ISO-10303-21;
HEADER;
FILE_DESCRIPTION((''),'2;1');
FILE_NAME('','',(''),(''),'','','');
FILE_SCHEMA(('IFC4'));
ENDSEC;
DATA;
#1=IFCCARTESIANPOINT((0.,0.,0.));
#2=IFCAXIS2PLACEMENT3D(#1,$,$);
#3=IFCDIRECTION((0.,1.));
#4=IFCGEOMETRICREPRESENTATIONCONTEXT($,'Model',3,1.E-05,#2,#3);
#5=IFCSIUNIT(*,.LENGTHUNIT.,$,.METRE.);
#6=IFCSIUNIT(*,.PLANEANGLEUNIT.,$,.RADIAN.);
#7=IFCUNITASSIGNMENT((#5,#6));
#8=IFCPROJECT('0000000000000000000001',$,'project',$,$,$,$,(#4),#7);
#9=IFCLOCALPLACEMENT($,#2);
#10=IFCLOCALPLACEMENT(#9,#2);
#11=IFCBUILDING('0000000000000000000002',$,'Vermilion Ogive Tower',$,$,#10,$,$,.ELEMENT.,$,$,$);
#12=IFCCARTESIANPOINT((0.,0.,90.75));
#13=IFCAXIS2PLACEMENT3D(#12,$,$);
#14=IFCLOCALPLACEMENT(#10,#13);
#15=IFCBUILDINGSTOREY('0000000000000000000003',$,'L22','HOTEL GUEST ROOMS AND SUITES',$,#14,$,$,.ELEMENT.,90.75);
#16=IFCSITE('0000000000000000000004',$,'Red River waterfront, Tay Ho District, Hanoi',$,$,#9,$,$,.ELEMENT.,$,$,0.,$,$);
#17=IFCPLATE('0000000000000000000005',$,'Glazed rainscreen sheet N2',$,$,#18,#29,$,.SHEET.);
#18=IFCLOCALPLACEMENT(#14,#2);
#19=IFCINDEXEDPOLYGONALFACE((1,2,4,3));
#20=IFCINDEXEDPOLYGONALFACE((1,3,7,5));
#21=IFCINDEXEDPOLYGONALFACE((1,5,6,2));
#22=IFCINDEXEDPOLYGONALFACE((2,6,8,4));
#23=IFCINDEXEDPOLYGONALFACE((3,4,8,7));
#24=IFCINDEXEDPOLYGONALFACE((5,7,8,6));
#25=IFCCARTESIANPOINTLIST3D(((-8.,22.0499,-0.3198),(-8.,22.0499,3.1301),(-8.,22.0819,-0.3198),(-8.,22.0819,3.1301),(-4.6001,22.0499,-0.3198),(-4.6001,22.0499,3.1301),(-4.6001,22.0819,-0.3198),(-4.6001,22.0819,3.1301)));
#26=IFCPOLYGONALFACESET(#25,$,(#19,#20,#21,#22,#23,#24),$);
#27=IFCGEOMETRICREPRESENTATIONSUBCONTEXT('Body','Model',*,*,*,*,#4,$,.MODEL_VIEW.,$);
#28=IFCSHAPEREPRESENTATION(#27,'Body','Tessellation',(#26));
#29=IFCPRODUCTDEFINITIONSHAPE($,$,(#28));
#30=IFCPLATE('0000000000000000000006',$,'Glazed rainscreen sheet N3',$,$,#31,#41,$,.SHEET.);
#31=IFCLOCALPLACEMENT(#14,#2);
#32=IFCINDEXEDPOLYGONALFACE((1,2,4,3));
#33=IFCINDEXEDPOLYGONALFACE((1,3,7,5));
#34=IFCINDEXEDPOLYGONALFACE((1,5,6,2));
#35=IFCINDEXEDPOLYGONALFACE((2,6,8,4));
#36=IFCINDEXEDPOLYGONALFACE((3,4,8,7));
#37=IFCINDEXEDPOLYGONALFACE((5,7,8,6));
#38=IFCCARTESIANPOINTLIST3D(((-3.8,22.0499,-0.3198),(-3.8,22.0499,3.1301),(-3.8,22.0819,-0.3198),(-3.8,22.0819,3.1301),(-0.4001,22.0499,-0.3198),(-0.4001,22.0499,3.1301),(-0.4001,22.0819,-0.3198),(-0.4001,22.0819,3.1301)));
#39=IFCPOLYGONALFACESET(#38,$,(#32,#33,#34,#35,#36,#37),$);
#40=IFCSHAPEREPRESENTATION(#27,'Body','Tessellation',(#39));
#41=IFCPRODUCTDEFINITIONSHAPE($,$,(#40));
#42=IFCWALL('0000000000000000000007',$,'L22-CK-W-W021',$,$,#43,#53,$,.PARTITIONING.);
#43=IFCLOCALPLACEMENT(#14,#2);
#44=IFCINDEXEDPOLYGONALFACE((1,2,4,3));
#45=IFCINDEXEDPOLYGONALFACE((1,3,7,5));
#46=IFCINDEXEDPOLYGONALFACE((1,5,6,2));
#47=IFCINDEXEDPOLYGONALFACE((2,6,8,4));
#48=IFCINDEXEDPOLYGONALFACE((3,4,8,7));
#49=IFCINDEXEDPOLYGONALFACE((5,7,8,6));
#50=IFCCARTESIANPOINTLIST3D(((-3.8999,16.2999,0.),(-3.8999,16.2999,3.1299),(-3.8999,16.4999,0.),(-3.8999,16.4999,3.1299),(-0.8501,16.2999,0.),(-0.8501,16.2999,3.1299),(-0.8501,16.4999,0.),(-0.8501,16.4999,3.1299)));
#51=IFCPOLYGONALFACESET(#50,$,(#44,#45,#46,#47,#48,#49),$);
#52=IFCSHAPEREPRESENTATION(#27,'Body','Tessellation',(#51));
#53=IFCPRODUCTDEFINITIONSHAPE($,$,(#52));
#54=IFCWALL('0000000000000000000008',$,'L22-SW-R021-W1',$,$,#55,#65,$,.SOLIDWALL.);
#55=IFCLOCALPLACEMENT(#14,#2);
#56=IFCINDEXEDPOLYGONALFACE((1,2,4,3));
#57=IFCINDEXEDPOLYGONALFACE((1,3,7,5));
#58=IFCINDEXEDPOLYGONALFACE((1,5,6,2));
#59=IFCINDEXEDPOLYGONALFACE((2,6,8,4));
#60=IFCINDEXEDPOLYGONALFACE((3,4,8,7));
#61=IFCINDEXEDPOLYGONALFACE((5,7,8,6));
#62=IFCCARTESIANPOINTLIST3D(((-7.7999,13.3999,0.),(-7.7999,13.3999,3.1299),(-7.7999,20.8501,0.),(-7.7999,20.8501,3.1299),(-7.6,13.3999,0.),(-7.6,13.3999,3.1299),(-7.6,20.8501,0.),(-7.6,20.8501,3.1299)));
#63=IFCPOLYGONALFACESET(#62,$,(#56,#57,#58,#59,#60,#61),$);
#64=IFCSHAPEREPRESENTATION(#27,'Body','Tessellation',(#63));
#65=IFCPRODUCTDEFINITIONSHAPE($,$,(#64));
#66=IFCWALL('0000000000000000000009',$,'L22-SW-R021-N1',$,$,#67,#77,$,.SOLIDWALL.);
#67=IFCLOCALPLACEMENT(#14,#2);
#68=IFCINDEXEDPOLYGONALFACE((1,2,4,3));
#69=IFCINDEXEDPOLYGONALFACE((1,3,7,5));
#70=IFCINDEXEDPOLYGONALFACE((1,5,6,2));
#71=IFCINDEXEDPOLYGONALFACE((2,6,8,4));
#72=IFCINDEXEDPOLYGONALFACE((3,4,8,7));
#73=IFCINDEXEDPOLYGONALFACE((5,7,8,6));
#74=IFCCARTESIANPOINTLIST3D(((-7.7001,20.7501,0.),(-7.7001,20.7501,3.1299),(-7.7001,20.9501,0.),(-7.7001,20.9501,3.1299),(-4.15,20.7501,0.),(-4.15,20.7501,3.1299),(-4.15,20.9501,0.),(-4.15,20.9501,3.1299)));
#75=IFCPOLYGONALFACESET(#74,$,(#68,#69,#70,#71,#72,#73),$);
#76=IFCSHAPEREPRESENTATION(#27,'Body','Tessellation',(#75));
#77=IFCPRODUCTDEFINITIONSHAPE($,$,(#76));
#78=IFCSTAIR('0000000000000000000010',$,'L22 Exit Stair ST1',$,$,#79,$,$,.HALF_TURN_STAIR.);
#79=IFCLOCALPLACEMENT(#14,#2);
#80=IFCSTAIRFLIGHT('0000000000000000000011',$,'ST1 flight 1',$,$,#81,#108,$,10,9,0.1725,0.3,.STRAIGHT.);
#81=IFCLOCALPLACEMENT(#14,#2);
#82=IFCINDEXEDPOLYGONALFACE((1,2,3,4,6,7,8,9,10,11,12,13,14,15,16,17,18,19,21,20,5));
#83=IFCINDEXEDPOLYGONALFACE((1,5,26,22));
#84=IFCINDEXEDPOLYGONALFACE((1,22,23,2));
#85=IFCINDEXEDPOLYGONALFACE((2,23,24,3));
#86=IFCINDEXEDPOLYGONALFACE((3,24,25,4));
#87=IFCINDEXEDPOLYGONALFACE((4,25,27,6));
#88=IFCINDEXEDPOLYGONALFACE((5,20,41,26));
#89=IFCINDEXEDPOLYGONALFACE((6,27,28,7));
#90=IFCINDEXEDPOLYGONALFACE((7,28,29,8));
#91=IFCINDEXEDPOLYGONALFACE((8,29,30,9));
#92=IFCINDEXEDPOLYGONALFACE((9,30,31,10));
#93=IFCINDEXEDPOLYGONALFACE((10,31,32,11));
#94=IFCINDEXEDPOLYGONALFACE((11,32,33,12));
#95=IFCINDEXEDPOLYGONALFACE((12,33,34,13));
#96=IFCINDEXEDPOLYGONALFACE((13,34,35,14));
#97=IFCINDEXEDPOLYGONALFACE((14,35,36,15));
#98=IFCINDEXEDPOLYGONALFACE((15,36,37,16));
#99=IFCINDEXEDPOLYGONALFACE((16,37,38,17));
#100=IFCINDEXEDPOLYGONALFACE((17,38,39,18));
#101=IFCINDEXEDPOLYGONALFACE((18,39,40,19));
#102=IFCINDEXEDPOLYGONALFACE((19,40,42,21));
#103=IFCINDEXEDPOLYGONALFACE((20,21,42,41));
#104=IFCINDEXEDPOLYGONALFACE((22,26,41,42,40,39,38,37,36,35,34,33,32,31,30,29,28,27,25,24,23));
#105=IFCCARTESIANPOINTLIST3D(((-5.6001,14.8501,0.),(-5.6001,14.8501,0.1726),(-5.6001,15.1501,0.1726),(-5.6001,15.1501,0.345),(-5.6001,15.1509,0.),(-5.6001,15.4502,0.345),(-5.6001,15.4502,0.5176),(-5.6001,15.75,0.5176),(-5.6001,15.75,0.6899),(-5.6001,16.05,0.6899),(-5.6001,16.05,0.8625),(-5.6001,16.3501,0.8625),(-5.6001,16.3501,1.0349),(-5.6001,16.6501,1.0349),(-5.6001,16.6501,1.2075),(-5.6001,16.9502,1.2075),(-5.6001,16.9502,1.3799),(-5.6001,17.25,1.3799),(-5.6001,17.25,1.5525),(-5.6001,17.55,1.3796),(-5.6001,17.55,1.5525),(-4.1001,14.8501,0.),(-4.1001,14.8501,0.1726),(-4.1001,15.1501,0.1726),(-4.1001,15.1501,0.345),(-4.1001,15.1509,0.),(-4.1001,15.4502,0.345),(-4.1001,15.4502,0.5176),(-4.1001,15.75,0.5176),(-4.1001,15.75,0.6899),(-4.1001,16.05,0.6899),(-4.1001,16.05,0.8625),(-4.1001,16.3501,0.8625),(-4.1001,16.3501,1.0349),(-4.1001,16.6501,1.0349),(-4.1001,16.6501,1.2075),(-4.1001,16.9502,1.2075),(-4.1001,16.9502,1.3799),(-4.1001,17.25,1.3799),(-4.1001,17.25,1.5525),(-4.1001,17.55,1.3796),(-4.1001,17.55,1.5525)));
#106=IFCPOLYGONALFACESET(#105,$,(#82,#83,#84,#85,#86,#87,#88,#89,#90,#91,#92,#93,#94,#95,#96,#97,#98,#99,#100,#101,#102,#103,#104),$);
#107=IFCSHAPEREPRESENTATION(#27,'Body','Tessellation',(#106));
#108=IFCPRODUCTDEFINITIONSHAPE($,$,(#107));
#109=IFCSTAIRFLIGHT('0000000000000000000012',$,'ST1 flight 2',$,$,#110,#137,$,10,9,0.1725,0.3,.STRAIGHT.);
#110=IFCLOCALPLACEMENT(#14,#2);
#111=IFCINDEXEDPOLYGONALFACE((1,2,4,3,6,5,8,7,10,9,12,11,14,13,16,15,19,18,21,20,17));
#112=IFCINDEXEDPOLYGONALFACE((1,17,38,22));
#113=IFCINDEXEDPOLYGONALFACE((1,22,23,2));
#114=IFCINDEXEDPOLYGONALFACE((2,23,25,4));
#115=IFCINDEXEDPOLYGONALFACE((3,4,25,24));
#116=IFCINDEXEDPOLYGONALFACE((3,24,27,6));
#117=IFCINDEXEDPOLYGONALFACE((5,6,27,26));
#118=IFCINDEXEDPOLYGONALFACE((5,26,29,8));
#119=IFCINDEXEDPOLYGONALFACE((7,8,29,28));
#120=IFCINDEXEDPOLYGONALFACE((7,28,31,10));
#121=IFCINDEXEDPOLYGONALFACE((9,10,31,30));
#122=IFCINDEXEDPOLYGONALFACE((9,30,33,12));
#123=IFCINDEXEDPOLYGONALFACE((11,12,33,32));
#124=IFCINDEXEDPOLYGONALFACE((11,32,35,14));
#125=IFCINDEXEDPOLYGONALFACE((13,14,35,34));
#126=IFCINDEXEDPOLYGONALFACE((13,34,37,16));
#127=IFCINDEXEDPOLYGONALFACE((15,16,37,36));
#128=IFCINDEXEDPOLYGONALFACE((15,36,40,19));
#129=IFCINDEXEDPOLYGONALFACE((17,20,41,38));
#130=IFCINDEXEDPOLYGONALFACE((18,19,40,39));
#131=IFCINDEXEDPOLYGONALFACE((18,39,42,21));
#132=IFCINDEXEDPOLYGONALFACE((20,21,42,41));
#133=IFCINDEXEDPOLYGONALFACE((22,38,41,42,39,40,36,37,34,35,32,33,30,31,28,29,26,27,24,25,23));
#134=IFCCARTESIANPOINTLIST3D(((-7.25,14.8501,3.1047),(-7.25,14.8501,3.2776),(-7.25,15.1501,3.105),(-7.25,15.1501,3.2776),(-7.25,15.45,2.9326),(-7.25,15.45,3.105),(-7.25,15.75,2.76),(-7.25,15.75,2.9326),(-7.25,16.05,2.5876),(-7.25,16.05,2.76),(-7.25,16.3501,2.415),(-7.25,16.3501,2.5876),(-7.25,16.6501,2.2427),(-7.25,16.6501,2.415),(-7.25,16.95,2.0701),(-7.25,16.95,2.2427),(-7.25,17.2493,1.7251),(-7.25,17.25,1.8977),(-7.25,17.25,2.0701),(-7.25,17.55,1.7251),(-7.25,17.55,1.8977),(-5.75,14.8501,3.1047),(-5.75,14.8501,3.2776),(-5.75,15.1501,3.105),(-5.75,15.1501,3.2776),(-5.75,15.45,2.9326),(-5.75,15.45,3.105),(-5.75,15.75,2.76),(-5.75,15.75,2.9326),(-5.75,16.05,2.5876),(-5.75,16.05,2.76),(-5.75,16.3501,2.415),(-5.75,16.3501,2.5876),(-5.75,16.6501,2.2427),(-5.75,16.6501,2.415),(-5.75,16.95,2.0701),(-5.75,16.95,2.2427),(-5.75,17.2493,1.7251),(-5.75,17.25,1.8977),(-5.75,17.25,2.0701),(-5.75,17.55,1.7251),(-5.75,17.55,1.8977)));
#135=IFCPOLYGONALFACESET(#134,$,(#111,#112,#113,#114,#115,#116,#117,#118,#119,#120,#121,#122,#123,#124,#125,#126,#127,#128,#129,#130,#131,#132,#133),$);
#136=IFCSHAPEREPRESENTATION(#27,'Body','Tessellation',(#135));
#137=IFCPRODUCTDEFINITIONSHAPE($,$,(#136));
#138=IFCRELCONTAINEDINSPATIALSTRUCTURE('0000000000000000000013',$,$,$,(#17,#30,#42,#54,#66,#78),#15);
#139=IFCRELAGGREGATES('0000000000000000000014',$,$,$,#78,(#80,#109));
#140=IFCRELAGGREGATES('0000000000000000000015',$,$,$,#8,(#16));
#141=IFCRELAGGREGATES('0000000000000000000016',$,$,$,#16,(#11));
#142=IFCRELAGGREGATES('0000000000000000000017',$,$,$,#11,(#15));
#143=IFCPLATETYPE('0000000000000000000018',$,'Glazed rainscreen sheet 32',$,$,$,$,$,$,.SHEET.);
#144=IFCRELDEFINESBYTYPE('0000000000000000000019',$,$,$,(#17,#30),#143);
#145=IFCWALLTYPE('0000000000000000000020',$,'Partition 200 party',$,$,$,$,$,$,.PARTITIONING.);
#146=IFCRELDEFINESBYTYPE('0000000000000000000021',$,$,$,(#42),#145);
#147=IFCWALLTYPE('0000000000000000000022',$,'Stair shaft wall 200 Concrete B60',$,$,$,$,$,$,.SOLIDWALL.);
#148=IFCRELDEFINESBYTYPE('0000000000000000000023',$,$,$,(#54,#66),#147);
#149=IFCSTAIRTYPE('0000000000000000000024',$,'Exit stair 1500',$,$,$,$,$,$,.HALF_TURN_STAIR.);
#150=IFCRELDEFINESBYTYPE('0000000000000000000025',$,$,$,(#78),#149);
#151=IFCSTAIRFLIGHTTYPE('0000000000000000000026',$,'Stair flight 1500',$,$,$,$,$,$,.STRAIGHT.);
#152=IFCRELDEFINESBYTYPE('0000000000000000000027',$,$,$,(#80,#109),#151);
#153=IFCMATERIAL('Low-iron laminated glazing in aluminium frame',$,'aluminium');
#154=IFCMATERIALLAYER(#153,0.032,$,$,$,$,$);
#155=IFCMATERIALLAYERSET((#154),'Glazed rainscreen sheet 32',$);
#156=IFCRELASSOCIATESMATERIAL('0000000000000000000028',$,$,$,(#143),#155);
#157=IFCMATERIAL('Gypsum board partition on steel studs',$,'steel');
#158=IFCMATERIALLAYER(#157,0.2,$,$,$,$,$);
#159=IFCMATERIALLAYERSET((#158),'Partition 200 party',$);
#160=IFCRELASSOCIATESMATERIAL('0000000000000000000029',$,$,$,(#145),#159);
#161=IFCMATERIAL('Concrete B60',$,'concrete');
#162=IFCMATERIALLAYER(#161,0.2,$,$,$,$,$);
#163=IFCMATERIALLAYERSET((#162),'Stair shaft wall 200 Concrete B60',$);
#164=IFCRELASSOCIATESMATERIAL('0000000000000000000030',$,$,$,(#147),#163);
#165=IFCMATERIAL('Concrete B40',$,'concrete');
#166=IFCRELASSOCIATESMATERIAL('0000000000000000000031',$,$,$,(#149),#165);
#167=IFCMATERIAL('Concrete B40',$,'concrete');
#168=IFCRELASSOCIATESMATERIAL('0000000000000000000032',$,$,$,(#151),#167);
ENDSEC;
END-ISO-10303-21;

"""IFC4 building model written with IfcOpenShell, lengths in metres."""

from ifc_helpers import new_model, si_unit, direction, frame, frame_2d, origin, origin_2d, place, context, subcontext, project, spatial, polyline, rectangle, outline, extrude, material, layer, layer_set, type_object, element, aggregate, save


model = new_model("IFC4")

# Units and contexts
model_context = context("Model", 3, precision=1e-05, world=origin(), true_north=direction((0.0, 1.0)))
body_context = subcontext(model_context, "Body", "Model", "MODEL_VIEW")
ifc_project = project(units=[si_unit("LENGTHUNIT", "METRE"), si_unit("PLANEANGLEUNIT", "RADIAN")], contexts=[model_context])

# Site, building, storey
site_placement = place(None, origin())
site = spatial("IfcSite", under=ifc_project, at=site_placement, Name="Red River waterfront, Tay Ho District, Hanoi", CompositionType="ELEMENT", RefElevation=0.0)
building_placement = place(site_placement, origin())
building = spatial("IfcBuilding", under=site, at=building_placement, Name="Vermilion Ogive Tower", CompositionType="ELEMENT")
storey_placement = place(building_placement, frame((0.0, 0.0, 90.75)))
storey = spatial("IfcBuildingStorey", under=building, at=storey_placement, Name="L22", Description="HOTEL GUEST ROOMS AND SUITES", CompositionType="ELEMENT", Elevation=90.75)

# Plates
ifc_material_1 = material(Name="Low-iron laminated glazing in aluminium frame", Category="aluminium")
ifc_layer_1 = layer(ifc_material_1, 0.032)
ifc_layer_set_1 = layer_set([ifc_layer_1], Name="Glazed rainscreen sheet 32")
plate_type = type_object("IfcPlateType", Name="Glazed rainscreen sheet 32", PredefinedType="SHEET", material=ifc_layer_set_1)
for number, where, z_axis, x_axis, name in (
    (1, (-6.3, 22.0659, -0.3198), (0.0, 0.0, 1.0), (1.0, 0.0, 0.0), "Glazed rainscreen sheet N2"),
    (2, (-2.1001, 22.0659, -0.3198), (0.0, 0.0, 1.0), (1.0, 0.0, 0.0), "Glazed rainscreen sheet N3"),
):
    element("IfcPlate", number, at=place(storey_placement, frame(where, z_axis=z_axis, x_axis=x_axis)), inside=storey, type_object=plate_type, Name=name, PredefinedType="SHEET", context=body_context, shape_type="SweptSolid", body=[
        extrude(rectangle(XDim=3.3999, YDim=0.032, at=origin_2d()), origin(), (0.0, 0.0, 1.0), 3.45),
    ])

# Walls
ifc_material_2 = material(Name="Gypsum board partition on steel studs", Category="steel")
ifc_layer_2 = layer(ifc_material_2, 0.2)
ifc_layer_set_2 = layer_set([ifc_layer_2], Name="Partition 200 party")
wall_type_1 = type_object("IfcWallType", Name="Partition 200 party", PredefinedType="PARTITIONING", material=ifc_layer_set_2)
wall_1_placement = place(storey_placement, frame((-3.8999, 16.3999, 0.0), z_axis=(0.0, 0.0, 1.0), x_axis=(1.0, 0.0, 0.0)))
element("IfcWall", 3, at=wall_1_placement, inside=storey, type_object=wall_type_1, Name="L22-CK-W-W021", PredefinedType="PARTITIONING", context=body_context, shape_type="SweptSolid", body=[
    extrude(rectangle(XDim=3.0498, YDim=0.2, at=frame_2d((1.5249, 0.0))), origin(), (0.0, 0.0, 1.0), 3.1299),
])
ifc_material_3 = material(Name="Concrete B60", Category="concrete")
ifc_layer_3 = layer(ifc_material_3, 0.2)
ifc_layer_set_3 = layer_set([ifc_layer_3], Name="Stair shaft wall 200 Concrete B60")
wall_type_2 = type_object("IfcWallType", Name="Stair shaft wall 200 Concrete B60", PredefinedType="SOLIDWALL", material=ifc_layer_set_3)
wall_2_placement = place(storey_placement, frame((-7.7, 13.3999, 0.0), z_axis=(0.0, 0.0, 1.0), x_axis=(0.0, 1.0, 0.0)))
element("IfcWall", 4, at=wall_2_placement, inside=storey, type_object=wall_type_2, Name="L22-SW-R021-W1", PredefinedType="SOLIDWALL", context=body_context, shape_type="SweptSolid", body=[
    extrude(rectangle(XDim=7.4502, YDim=0.2, at=frame_2d((3.7251, 0.0))), origin(), (0.0, 0.0, 1.0), 3.1299),
])
wall_3_placement = place(storey_placement, frame((-7.7, 20.8501, 0.0), z_axis=(0.0, 0.0, 1.0), x_axis=(1.0, 0.0, 0.0)))
element("IfcWall", 5, at=wall_3_placement, inside=storey, type_object=wall_type_2, Name="L22-SW-R021-N1", PredefinedType="SOLIDWALL", context=body_context, shape_type="SweptSolid", body=[
    extrude(rectangle(XDim=3.55, YDim=0.2, at=frame_2d((1.7749, 0.0))), origin(), (0.0, 0.0, 1.0), 3.1299),
])

# Stair, stair flights
ifc_material_4 = material(Name="Concrete B40", Category="concrete")
stair_type = type_object("IfcStairType", Name="Exit stair 1500", PredefinedType="HALF_TURN_STAIR", material=ifc_material_4)
stair_placement = place(storey_placement, origin())
stair = element("IfcStair", 6, at=stair_placement, inside=storey, type_object=stair_type, Name="L22 Exit Stair ST1", PredefinedType="HALF_TURN_STAIR")
ifc_material_5 = material(Name="Concrete B40", Category="concrete")
stair_flight_type = type_object("IfcStairFlightType", Name="Stair flight 1500", PredefinedType="STRAIGHT", material=ifc_material_5)
stair_flight_1_placement = place(storey_placement, frame((-4.8501, 14.8501, 0.0), z_axis=(0.0, 0.0, 1.0), x_axis=(0.0, 1.0, 0.0)))
stair_flight_1 = element("IfcStairFlight", 7, at=stair_flight_1_placement, type_object=stair_flight_type, Name="ST1 flight 1", NumberOfRisers=10, NumberOfTreads=9, PredefinedType="STRAIGHT", RiserHeight=0.1725, TreadLength=0.3, context=body_context, shape_type="SweptSolid", body=[
    extrude(outline(polyline([(0.0, 0.0), (0.0, 0.1726), (0.3, 0.1726), (0.3, 0.345), (0.6001, 0.345), (0.6001, 0.5176), (0.8999, 0.5176), (0.8999, 0.6899), (1.2, 0.6899), (1.2, 0.8625), (1.5, 0.8625), (1.5, 1.0349), (1.8, 1.0349), (1.8, 1.2075), (2.1001, 1.2075), (2.1001, 1.3799), (2.3999, 1.3799), (2.3999, 1.5525), (2.7, 1.5525), (2.7, 1.7251), (2.7, 1.3796), (0.3008, 0.0), (0.0, 0.0)])), frame((0.0, 0.75, 0.0), z_axis=(0.0, -1.0, 0.0), x_axis=(1.0, 0.0, 0.0)), (0.0, 0.0, 1.0), 1.5),
])
stair_flight_2_placement = place(storey_placement, frame((-6.5, 17.55, 1.7251), z_axis=(0.0, 0.0, 1.0), x_axis=(0.0, -1.0, 0.0)))
stair_flight_2 = element("IfcStairFlight", 8, at=stair_flight_2_placement, type_object=stair_flight_type, Name="ST1 flight 2", NumberOfRisers=10, NumberOfTreads=9, PredefinedType="STRAIGHT", RiserHeight=0.1725, TreadLength=0.3, context=body_context, shape_type="SweptSolid", body=[
    extrude(outline(polyline([(0.0, 0.0), (0.0, 0.1726), (0.3, 0.1726), (0.3, 0.345), (0.6001, 0.345), (0.6001, 0.5176), (0.8999, 0.5176), (0.8999, 0.6899), (1.2, 0.6899), (1.2, 0.8625), (1.5, 0.8625), (1.5, 1.0349), (1.8, 1.0349), (1.8, 1.2075), (2.1001, 1.2075), (2.1001, 1.3799), (2.3999, 1.3799), (2.3999, 1.5525), (2.7, 1.5525), (2.7, 1.7251), (2.7, 1.3796), (0.3008, 0.0), (0.0, 0.0)])), frame((0.0, 0.75, 0.0), z_axis=(0.0, -1.0, 0.0), x_axis=(1.0, 0.0, 0.0)), (0.0, 0.0, 1.0), 1.5),
])
aggregate(stair, [stair_flight_1, stair_flight_2])

save(model, "model.ifc")
